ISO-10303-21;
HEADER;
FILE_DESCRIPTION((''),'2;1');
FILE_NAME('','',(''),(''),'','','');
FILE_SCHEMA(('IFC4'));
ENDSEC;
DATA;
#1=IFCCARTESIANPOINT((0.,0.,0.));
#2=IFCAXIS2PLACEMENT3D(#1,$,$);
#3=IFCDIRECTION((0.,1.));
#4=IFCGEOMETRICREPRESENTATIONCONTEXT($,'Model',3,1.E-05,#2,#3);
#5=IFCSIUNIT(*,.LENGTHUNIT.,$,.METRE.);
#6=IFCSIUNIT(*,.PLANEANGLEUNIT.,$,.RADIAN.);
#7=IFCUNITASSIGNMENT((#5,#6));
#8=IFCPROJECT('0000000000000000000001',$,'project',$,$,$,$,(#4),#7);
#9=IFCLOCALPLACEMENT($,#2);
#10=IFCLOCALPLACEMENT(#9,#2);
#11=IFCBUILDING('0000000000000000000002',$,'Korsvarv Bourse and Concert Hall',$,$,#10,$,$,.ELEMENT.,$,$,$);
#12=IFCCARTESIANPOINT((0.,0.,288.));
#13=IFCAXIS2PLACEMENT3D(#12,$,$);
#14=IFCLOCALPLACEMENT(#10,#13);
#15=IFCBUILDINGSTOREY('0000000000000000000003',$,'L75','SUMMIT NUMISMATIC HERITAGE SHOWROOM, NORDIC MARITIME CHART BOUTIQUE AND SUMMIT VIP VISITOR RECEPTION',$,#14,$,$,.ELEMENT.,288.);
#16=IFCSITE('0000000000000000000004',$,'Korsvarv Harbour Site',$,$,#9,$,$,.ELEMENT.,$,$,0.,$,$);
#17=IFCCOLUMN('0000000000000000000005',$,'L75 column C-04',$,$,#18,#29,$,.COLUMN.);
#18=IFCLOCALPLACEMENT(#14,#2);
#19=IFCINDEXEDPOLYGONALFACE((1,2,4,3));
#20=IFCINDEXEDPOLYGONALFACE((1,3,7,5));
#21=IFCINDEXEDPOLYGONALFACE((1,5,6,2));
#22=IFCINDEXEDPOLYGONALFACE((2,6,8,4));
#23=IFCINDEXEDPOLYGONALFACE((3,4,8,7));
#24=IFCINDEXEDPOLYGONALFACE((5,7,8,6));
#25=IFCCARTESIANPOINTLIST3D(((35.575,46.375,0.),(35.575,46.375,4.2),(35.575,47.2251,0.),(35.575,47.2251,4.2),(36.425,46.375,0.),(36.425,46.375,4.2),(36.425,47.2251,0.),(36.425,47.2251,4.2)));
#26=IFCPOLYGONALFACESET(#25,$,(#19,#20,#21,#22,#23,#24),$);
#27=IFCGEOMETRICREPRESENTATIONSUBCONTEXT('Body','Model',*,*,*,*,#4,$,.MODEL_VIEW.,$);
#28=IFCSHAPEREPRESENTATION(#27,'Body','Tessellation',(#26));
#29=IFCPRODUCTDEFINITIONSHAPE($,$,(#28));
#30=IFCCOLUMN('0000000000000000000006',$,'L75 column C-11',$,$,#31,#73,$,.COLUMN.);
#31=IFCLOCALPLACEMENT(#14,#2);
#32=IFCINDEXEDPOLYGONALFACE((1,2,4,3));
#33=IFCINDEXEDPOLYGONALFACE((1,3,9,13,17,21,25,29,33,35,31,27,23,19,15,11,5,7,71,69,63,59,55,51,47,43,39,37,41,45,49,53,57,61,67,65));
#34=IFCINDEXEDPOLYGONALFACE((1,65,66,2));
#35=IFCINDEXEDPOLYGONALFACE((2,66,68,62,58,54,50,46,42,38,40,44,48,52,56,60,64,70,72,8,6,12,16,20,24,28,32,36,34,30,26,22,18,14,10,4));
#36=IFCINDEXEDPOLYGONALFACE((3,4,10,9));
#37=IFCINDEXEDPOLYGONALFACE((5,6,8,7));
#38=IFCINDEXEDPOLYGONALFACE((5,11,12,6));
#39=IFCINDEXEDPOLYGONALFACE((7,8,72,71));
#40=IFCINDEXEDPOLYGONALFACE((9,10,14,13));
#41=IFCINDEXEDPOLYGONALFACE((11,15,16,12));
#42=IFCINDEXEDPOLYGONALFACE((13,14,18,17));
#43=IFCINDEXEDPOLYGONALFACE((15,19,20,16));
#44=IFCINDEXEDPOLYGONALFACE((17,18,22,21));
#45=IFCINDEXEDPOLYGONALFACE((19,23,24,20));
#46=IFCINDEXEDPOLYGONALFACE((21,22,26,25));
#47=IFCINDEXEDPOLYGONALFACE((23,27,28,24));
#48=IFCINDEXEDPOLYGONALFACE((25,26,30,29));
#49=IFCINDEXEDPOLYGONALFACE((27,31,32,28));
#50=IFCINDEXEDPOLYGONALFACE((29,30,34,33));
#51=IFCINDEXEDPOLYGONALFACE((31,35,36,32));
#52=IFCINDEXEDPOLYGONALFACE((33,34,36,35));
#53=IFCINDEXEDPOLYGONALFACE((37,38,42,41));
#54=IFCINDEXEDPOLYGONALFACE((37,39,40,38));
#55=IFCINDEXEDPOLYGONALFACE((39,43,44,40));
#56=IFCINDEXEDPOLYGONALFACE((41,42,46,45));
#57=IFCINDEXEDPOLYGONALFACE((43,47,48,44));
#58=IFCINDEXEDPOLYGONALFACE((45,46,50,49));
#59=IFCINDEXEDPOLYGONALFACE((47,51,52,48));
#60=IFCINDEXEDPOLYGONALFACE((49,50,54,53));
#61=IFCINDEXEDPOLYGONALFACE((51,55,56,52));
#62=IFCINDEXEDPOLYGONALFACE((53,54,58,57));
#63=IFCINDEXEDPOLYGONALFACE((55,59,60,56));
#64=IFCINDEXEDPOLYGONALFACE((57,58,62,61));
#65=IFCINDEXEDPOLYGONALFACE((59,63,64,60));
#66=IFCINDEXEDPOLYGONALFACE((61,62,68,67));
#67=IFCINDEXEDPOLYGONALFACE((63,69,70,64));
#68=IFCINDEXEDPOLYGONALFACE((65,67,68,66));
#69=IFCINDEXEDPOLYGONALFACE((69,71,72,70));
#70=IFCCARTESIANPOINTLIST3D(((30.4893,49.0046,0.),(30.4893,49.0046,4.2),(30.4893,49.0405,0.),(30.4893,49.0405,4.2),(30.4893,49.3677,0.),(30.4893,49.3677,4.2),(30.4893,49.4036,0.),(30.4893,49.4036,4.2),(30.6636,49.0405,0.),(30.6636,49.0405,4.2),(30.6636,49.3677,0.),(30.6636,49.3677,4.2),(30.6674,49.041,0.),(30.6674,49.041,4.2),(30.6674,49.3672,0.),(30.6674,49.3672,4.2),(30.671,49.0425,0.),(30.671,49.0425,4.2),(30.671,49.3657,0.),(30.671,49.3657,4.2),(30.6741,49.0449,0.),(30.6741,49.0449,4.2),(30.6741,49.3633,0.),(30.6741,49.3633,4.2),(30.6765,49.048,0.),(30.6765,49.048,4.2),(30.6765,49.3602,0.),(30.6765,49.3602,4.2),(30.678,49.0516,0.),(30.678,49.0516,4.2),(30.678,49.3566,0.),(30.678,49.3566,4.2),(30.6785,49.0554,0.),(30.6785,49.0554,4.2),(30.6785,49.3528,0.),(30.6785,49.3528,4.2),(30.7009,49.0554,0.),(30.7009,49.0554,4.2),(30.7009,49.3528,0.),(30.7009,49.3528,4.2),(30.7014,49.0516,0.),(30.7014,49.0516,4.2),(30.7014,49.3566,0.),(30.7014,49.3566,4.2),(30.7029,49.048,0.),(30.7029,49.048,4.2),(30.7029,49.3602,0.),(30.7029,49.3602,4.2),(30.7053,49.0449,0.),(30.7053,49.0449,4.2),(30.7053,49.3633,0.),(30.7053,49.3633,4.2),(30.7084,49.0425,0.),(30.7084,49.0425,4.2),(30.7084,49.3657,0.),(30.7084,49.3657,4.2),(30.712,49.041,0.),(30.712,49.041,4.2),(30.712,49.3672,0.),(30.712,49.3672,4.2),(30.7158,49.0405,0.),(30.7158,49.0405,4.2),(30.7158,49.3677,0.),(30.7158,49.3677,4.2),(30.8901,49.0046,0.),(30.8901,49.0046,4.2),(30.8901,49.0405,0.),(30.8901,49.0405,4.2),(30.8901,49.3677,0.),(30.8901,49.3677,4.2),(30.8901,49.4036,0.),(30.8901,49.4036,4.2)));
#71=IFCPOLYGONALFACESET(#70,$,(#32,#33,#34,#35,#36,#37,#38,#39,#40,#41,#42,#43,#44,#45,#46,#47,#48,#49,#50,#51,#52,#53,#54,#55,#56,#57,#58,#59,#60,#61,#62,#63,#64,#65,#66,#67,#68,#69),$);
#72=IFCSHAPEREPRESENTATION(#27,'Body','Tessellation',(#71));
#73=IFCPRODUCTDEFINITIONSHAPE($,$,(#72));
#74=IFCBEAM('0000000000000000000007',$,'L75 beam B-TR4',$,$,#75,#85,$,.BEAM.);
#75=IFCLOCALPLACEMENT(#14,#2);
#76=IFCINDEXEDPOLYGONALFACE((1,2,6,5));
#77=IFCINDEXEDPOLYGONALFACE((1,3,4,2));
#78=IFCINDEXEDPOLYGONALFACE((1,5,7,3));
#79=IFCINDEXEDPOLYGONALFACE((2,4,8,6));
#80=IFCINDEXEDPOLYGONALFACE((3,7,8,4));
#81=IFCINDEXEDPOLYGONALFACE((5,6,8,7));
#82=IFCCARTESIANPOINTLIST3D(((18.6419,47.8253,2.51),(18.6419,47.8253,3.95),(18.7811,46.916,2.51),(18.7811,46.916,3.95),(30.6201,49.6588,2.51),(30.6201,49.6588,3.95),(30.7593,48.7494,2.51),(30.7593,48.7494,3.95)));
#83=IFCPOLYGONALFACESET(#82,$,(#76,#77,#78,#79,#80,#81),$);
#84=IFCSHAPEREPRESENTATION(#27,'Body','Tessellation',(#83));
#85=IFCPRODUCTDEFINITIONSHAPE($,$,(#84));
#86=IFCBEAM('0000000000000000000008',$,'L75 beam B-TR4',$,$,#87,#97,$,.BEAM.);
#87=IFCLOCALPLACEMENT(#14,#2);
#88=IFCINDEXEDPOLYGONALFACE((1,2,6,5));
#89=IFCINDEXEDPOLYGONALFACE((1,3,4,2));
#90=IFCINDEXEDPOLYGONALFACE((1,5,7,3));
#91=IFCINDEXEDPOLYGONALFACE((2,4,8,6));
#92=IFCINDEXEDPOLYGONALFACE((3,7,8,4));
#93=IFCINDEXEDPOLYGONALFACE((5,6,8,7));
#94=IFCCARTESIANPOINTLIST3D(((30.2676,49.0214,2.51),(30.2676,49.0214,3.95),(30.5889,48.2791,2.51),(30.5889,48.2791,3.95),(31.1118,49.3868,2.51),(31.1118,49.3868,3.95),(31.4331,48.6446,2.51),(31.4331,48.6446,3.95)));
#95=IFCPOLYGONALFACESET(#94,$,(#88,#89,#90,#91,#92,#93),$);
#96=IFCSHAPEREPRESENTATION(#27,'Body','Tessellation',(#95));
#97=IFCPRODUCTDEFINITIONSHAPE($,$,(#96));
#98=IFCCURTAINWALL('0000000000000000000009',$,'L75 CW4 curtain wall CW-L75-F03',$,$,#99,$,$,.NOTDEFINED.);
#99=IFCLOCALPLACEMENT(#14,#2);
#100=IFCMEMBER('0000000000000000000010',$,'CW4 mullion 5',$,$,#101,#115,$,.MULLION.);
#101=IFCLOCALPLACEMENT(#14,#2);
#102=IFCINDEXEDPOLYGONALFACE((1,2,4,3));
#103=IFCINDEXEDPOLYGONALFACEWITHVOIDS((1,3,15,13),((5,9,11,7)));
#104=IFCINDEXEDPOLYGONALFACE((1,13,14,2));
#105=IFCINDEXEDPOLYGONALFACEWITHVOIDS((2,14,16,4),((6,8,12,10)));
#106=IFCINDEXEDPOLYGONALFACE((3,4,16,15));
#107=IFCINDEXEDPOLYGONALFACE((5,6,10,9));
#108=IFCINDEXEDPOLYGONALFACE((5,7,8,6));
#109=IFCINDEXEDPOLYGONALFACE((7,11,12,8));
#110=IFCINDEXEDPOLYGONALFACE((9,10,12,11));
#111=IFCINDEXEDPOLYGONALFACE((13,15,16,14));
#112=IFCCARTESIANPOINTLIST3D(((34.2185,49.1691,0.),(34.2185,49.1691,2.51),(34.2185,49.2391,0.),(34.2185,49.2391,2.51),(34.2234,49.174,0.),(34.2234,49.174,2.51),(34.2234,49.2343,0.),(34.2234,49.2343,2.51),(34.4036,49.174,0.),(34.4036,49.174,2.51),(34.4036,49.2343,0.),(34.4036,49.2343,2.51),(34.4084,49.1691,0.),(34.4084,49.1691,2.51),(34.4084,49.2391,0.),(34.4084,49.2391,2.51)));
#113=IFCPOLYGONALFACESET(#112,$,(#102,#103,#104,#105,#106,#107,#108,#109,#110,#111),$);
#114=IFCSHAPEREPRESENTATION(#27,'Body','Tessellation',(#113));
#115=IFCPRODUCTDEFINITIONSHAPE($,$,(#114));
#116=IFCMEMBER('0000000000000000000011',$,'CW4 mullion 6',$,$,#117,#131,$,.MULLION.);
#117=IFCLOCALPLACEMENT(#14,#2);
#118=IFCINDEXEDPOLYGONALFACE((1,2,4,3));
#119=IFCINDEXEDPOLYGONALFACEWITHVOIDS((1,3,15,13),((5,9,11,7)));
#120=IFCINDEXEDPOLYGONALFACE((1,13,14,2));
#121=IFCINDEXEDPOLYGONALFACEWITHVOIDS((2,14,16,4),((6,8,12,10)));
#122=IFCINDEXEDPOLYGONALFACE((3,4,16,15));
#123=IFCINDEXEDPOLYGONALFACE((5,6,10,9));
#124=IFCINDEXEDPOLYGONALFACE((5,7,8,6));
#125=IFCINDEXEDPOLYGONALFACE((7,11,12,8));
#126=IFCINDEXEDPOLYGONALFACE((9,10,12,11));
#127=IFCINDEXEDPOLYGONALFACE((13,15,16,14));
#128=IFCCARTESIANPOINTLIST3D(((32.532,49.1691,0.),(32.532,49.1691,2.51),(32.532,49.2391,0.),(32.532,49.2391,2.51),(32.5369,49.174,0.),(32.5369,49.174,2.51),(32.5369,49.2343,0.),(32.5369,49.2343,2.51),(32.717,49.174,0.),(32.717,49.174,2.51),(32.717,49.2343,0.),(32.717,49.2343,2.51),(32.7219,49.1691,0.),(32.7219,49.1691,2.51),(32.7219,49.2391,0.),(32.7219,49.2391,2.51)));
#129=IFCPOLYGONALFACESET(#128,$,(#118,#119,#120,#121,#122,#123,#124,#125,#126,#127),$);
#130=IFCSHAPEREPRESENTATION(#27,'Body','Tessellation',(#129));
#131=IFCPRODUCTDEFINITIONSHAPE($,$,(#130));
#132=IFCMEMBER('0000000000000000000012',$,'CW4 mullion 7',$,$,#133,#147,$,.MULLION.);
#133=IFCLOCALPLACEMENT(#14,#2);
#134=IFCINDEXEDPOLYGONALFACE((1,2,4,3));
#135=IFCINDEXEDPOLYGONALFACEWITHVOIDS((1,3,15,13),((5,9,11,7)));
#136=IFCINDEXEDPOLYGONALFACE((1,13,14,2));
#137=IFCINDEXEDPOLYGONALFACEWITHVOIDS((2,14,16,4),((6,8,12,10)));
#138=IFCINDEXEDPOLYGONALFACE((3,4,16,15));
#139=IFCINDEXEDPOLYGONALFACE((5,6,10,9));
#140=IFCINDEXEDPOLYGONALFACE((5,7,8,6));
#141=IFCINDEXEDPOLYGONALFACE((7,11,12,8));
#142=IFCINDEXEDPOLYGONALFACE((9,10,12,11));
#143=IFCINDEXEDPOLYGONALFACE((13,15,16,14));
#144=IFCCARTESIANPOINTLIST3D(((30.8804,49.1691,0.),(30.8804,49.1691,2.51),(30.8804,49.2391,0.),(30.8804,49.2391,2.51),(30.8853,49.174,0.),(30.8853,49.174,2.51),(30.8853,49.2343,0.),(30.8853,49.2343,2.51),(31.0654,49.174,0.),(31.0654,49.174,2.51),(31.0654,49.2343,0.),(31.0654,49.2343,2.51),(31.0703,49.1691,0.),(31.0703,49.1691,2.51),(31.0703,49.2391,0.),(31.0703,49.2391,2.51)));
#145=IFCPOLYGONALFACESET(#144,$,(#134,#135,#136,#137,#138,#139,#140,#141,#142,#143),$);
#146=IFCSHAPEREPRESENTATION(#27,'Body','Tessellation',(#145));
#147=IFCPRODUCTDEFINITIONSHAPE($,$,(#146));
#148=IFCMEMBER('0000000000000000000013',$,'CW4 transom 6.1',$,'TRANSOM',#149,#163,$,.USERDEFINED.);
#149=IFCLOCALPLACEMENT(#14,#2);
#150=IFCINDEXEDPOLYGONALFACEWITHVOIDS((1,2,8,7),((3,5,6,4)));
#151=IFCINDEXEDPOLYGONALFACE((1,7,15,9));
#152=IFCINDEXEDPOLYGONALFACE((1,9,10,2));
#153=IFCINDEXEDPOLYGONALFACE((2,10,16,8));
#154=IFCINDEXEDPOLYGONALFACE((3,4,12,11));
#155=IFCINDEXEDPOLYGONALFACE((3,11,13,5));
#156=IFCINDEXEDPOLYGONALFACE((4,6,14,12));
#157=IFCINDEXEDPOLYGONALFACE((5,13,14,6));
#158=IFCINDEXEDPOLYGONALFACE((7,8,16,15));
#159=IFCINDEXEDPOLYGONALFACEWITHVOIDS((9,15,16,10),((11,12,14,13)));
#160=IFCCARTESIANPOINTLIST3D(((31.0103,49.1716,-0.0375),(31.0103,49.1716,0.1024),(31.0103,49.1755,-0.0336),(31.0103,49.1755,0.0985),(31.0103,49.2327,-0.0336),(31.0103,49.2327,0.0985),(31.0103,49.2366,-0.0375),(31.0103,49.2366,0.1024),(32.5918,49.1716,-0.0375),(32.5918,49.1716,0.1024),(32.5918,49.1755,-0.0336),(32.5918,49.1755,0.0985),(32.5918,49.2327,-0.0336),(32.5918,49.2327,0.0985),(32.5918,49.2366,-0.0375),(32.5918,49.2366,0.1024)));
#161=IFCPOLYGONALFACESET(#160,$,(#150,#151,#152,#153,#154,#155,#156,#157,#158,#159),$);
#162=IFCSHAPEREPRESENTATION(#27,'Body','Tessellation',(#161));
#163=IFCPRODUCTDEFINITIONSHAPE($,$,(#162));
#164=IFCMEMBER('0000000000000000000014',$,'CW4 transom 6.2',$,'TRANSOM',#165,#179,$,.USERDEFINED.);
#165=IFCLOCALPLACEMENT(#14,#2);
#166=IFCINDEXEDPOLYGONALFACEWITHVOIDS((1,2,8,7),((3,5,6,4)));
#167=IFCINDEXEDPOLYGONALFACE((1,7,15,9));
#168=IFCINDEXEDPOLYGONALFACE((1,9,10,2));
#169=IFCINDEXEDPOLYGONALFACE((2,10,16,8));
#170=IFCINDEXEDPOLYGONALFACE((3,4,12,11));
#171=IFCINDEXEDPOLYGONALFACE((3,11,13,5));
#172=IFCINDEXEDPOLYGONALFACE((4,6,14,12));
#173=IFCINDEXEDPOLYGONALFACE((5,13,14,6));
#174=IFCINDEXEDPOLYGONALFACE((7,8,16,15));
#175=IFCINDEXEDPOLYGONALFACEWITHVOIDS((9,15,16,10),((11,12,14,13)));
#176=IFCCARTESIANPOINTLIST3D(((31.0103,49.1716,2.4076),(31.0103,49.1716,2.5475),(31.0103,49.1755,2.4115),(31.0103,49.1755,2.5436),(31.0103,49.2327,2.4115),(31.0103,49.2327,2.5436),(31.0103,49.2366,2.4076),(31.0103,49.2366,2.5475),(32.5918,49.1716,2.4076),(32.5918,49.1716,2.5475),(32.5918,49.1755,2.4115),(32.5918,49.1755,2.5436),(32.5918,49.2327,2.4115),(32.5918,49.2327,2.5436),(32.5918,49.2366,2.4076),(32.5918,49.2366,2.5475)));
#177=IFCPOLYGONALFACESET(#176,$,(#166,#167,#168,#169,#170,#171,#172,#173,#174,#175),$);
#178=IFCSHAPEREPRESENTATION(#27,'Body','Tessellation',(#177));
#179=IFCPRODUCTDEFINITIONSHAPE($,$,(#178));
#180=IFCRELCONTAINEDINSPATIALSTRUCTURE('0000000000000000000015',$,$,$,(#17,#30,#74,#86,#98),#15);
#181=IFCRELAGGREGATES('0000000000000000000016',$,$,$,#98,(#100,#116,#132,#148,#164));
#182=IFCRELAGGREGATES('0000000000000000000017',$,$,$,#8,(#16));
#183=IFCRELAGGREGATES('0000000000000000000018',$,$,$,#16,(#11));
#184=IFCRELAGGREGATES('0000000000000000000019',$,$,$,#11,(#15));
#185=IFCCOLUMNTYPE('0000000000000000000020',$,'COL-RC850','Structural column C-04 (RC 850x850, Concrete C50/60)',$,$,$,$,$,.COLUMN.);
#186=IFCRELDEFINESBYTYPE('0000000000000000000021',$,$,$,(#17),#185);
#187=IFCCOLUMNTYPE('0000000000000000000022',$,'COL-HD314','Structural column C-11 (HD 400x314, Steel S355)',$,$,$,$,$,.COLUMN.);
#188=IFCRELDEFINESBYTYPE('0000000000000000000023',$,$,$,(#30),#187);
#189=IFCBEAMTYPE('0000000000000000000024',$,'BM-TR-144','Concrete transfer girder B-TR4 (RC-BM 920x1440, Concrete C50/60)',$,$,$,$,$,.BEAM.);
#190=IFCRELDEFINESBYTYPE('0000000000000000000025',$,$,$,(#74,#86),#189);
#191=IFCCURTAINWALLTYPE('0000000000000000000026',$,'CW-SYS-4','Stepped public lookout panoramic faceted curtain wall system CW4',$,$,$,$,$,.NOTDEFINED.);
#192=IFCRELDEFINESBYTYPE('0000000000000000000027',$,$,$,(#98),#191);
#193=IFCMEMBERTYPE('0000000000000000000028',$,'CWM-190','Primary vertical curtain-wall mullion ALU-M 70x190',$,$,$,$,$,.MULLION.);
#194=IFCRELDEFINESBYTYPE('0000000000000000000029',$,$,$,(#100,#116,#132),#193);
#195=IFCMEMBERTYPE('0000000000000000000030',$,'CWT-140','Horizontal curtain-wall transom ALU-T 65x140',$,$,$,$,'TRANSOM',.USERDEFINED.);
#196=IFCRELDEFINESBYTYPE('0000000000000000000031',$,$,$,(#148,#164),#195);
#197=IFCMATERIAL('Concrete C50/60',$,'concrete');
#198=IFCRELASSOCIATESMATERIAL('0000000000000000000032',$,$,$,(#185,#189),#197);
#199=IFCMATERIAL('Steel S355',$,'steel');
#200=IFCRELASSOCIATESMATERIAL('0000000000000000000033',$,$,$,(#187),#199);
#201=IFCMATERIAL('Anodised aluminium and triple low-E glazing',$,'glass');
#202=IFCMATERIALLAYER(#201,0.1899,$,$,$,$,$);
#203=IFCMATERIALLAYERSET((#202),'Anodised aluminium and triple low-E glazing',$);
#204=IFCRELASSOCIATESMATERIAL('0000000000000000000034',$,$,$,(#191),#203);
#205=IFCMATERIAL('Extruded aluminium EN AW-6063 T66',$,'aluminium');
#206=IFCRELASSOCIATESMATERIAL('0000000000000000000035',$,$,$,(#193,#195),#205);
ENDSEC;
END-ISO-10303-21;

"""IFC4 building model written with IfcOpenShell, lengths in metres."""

from ifc_helpers import new_model, si_unit, direction, frame, origin, origin_2d, place, context, subcontext, project, spatial, rectangle, hollow_rectangle, i_section, extrude, source, transform, mapped, material, layer, layer_set, material_profile, profile_set, type_object, element, aggregate, save


model = new_model("IFC4")

# Units and contexts
model_context = context("Model", 3, precision=1e-05, world=origin(), true_north=direction((0.0, 1.0)))
body_context = subcontext(model_context, "Body", "Model", "MODEL_VIEW")
ifc_project = project(units=[si_unit("LENGTHUNIT", "METRE"), si_unit("PLANEANGLEUNIT", "RADIAN")], contexts=[model_context])

# Site, building, storey
site_placement = place(None, origin())
site = spatial("IfcSite", under=ifc_project, at=site_placement, Name="Korsvarv Harbour Site", CompositionType="ELEMENT", RefElevation=0.0)
building_placement = place(site_placement, origin())
building = spatial("IfcBuilding", under=site, at=building_placement, Name="Korsvarv Bourse and Concert Hall", CompositionType="ELEMENT")
storey_placement = place(building_placement, frame((0.0, 0.0, 288.0)))
storey = spatial("IfcBuildingStorey", under=building, at=storey_placement, Name="L75", Description="SUMMIT NUMISMATIC HERITAGE SHOWROOM, NORDIC MARITIME CHART BOUTIQUE AND SUMMIT VIP VISITOR RECEPTION", CompositionType="ELEMENT", Elevation=288.0)

# Columns
ifc_material_1 = material(Name="Concrete C50/60", Category="concrete")
ifc_material_profile_1 = material_profile(ifc_material_1, rectangle(XDim=0.8501, YDim=0.8501, at=origin_2d()), Name="RC 850x850")
ifc_profile_set_1 = profile_set([ifc_material_profile_1], Name="Concrete C50/60")
column_type_1 = type_object("IfcColumnType", Name="COL-RC850", Description="Structural column C-04 (RC 850x850, Concrete C50/60)", PredefinedType="COLUMN", material=ifc_profile_set_1)
shared_shape_1 = source(origin(), body_context, "Body", "SweptSolid", [
    extrude(rectangle(XDim=0.8501, YDim=0.8501, at=origin_2d()), origin(), (0.0, 0.0, 1.0), 4.2),
])
column_1_placement = place(storey_placement, frame((36.0, 46.8, 0.0), z_axis=(0.0, 0.0, 1.0), x_axis=(1.0, 0.0, 0.0)))
element("IfcColumn", 1, at=column_1_placement, inside=storey, type_object=column_type_1, Name="L75 column C-04", PredefinedType="COLUMN", context=body_context, shape_type="MappedRepresentation", body=[
    mapped(shared_shape_1, transform((0.0, 0.0, 0.0), scale=1.0)),
])
ifc_material_2 = material(Name="Steel S355", Category="steel")
ifc_material_profile_2 = material_profile(ifc_material_2, i_section(OverallWidth=0.4009, OverallDepth=0.3989, WebThickness=0.0225, FlangeThickness=0.0359, FilletRadius=0.0149, at=origin_2d()), Name="HD 400x314")
ifc_profile_set_2 = profile_set([ifc_material_profile_2], Name="Steel S355")
column_type_2 = type_object("IfcColumnType", Name="COL-HD314", Description="Structural column C-11 (HD 400x314, Steel S355)", PredefinedType="COLUMN", material=ifc_profile_set_2)
shared_shape_2 = source(origin(), body_context, "Body", "SweptSolid", [
    extrude(i_section(OverallWidth=0.4009, OverallDepth=0.3989, WebThickness=0.0225, FlangeThickness=0.0359, FilletRadius=0.0149, at=origin_2d()), origin(), (0.0, 0.0, 1.0), 4.2),
])
column_2_placement = place(storey_placement, frame((30.6897, 49.2041, 0.0), z_axis=(0.0, 0.0, 1.0), x_axis=(1.0, 0.0, 0.0)))
element("IfcColumn", 2, at=column_2_placement, inside=storey, type_object=column_type_2, Name="L75 column C-11", PredefinedType="COLUMN", context=body_context, shape_type="MappedRepresentation", body=[
    mapped(shared_shape_2, transform((0.0, 0.0, 0.0), scale=1.0)),
])

# Beams
ifc_material_profile_3 = material_profile(ifc_material_1, rectangle(XDim=0.9199, YDim=1.4399, at=origin_2d()), Name="RC-BM 920x1440")
ifc_profile_set_3 = profile_set([ifc_material_profile_3], Name="Concrete C50/60")
beam_type = type_object("IfcBeamType", Name="BM-TR-144", Description="Concrete transfer girder B-TR4 (RC-BM 920x1440, Concrete C50/60)", PredefinedType="BEAM", material=ifc_profile_set_3)
shared_shape_3 = source(origin(), body_context, "Body", "SweptSolid", [
    extrude(rectangle(XDim=0.9199, YDim=1.4399, at=origin_2d()), origin(), (0.0, 0.0, 1.0), 12.1177),
])
beam_1_placement = place(storey_placement, frame((30.6897, 49.2041, 3.23), z_axis=(-0.988487, -0.151306, 0.0), x_axis=(0.151306, -0.988487, 0.0)))
element("IfcBeam", 3, at=beam_1_placement, inside=storey, type_object=beam_type, Name="L75 beam B-TR4", PredefinedType="BEAM", context=body_context, shape_type="MappedRepresentation", body=[
    mapped(shared_shape_3, transform((0.0, 0.0, 0.0), scale=1.0)),
])
shared_shape_4 = source(origin(), body_context, "Body", "SweptSolid", [
    extrude(rectangle(XDim=0.9199, YDim=1.4399, at=origin_2d()), origin(), (0.0, 0.0, 1.0), 0.8088),
])
beam_2_placement = place(storey_placement, frame((30.6897, 49.2041, 3.23), z_axis=(0.397269, -0.917702, 0.0), x_axis=(0.917702, 0.397269, 0.0)))
element("IfcBeam", 4, at=beam_2_placement, inside=storey, type_object=beam_type, Name="L75 beam B-TR4", PredefinedType="BEAM", context=body_context, shape_type="MappedRepresentation", body=[
    mapped(shared_shape_4, transform((0.0, 0.0, 0.0), scale=1.0)),
])

# Curtain wall, members
ifc_material_3 = material(Name="Anodised aluminium and triple low-E glazing", Category="glass")
ifc_layer_1 = layer(ifc_material_3, 0.1899)
ifc_layer_set_1 = layer_set([ifc_layer_1], Name="Anodised aluminium and triple low-E glazing")
curtain_wall_type = type_object("IfcCurtainWallType", Name="CW-SYS-4", Description="Stepped public lookout panoramic faceted curtain wall system CW4", PredefinedType="NOTDEFINED", material=ifc_layer_set_1)
curtain_wall_placement = place(storey_placement, origin())
curtain_wall = element("IfcCurtainWall", 5, at=curtain_wall_placement, inside=storey, type_object=curtain_wall_type, Name="L75 CW4 curtain wall CW-L75-F03", PredefinedType="NOTDEFINED")
ifc_material_4 = material(Name="Extruded aluminium EN AW-6063 T66", Category="aluminium")
ifc_material_profile_4 = material_profile(ifc_material_4, hollow_rectangle(XDim=0.0701, YDim=0.1899, WallThickness=0.0049, at=origin_2d()), Name="ALU-M 70x190")
ifc_profile_set_4 = profile_set([ifc_material_profile_4], Name="Extruded aluminium EN AW-6063 T66")
member_type_1 = type_object("IfcMemberType", Name="CWM-190", Description="Primary vertical curtain-wall mullion ALU-M 70x190", PredefinedType="MULLION", material=ifc_profile_set_4)
shared_shape_5 = source(origin(), body_context, "Body", "SweptSolid", [
    extrude(hollow_rectangle(XDim=0.0701, YDim=0.1899, WallThickness=0.0049, at=origin_2d()), origin(), (0.0, 0.0, 1.0), 2.51),
])
member_1_placement = place(storey_placement, frame((34.3135, 49.2041, 0.0), z_axis=(0.0, 0.0, 1.0), x_axis=(0.0, -1.0, 0.0)))
member_1 = element("IfcMember", 6, at=member_1_placement, type_object=member_type_1, Name="CW4 mullion 5", PredefinedType="MULLION", context=body_context, shape_type="MappedRepresentation", body=[
    mapped(shared_shape_5, transform((0.0, 0.0, 0.0), scale=1.0)),
])
member_2_placement = place(storey_placement, frame((32.627, 49.2041, 0.0), z_axis=(0.0, 0.0, 1.0), x_axis=(0.0, -1.0, 0.0)))
member_2 = element("IfcMember", 7, at=member_2_placement, type_object=member_type_1, Name="CW4 mullion 6", PredefinedType="MULLION", context=body_context, shape_type="MappedRepresentation", body=[
    mapped(shared_shape_5, transform((0.0, 0.0, 0.0), scale=1.0)),
])
member_3_placement = place(storey_placement, frame((30.9753, 49.2041, 0.0), z_axis=(0.0, 0.0, 1.0), x_axis=(0.0, -1.0, 0.0)))
member_3 = element("IfcMember", 8, at=member_3_placement, type_object=member_type_1, Name="CW4 mullion 7", PredefinedType="MULLION", context=body_context, shape_type="MappedRepresentation", body=[
    mapped(shared_shape_5, transform((0.0, 0.0, 0.0), scale=1.0)),
])
ifc_material_profile_5 = material_profile(ifc_material_4, hollow_rectangle(XDim=0.0649, YDim=0.1399, WallThickness=0.0039, at=origin_2d()), Name="ALU-T 65x140")
ifc_profile_set_5 = profile_set([ifc_material_profile_5], Name="Extruded aluminium EN AW-6063 T66")
member_type_2 = type_object("IfcMemberType", Name="CWT-140", Description="Horizontal curtain-wall transom ALU-T 65x140", ElementType="TRANSOM", PredefinedType="USERDEFINED", material=ifc_profile_set_5)
shared_shape_6 = source(origin(), body_context, "Body", "SweptSolid", [
    extrude(hollow_rectangle(XDim=0.0649, YDim=0.1399, WallThickness=0.0039, at=origin_2d()), origin(), (0.0, 0.0, 1.0), 1.5815),
])
member_4_placement = place(storey_placement, frame((32.5918, 49.2041, 0.0325), z_axis=(-1.0, 0.0, 0.0), x_axis=(0.0, -1.0, 0.0)))
member_4 = element("IfcMember", 9, at=member_4_placement, type_object=member_type_2, Name="CW4 transom 6.1", ObjectType="TRANSOM", PredefinedType="USERDEFINED", context=body_context, shape_type="MappedRepresentation", body=[
    mapped(shared_shape_6, transform((0.0, 0.0, 0.0), scale=1.0)),
])
member_5_placement = place(storey_placement, frame((32.5918, 49.2041, 2.4775), z_axis=(-1.0, 0.0, 0.0), x_axis=(0.0, -1.0, 0.0)))
member_5 = element("IfcMember", 10, at=member_5_placement, type_object=member_type_2, Name="CW4 transom 6.2", ObjectType="TRANSOM", PredefinedType="USERDEFINED", context=body_context, shape_type="MappedRepresentation", body=[
    mapped(shared_shape_6, transform((0.0, 0.0, 0.0), scale=1.0)),
])
aggregate(curtain_wall, [member_1, member_2, member_3, member_4, member_5])

save(model, "model.ifc")
